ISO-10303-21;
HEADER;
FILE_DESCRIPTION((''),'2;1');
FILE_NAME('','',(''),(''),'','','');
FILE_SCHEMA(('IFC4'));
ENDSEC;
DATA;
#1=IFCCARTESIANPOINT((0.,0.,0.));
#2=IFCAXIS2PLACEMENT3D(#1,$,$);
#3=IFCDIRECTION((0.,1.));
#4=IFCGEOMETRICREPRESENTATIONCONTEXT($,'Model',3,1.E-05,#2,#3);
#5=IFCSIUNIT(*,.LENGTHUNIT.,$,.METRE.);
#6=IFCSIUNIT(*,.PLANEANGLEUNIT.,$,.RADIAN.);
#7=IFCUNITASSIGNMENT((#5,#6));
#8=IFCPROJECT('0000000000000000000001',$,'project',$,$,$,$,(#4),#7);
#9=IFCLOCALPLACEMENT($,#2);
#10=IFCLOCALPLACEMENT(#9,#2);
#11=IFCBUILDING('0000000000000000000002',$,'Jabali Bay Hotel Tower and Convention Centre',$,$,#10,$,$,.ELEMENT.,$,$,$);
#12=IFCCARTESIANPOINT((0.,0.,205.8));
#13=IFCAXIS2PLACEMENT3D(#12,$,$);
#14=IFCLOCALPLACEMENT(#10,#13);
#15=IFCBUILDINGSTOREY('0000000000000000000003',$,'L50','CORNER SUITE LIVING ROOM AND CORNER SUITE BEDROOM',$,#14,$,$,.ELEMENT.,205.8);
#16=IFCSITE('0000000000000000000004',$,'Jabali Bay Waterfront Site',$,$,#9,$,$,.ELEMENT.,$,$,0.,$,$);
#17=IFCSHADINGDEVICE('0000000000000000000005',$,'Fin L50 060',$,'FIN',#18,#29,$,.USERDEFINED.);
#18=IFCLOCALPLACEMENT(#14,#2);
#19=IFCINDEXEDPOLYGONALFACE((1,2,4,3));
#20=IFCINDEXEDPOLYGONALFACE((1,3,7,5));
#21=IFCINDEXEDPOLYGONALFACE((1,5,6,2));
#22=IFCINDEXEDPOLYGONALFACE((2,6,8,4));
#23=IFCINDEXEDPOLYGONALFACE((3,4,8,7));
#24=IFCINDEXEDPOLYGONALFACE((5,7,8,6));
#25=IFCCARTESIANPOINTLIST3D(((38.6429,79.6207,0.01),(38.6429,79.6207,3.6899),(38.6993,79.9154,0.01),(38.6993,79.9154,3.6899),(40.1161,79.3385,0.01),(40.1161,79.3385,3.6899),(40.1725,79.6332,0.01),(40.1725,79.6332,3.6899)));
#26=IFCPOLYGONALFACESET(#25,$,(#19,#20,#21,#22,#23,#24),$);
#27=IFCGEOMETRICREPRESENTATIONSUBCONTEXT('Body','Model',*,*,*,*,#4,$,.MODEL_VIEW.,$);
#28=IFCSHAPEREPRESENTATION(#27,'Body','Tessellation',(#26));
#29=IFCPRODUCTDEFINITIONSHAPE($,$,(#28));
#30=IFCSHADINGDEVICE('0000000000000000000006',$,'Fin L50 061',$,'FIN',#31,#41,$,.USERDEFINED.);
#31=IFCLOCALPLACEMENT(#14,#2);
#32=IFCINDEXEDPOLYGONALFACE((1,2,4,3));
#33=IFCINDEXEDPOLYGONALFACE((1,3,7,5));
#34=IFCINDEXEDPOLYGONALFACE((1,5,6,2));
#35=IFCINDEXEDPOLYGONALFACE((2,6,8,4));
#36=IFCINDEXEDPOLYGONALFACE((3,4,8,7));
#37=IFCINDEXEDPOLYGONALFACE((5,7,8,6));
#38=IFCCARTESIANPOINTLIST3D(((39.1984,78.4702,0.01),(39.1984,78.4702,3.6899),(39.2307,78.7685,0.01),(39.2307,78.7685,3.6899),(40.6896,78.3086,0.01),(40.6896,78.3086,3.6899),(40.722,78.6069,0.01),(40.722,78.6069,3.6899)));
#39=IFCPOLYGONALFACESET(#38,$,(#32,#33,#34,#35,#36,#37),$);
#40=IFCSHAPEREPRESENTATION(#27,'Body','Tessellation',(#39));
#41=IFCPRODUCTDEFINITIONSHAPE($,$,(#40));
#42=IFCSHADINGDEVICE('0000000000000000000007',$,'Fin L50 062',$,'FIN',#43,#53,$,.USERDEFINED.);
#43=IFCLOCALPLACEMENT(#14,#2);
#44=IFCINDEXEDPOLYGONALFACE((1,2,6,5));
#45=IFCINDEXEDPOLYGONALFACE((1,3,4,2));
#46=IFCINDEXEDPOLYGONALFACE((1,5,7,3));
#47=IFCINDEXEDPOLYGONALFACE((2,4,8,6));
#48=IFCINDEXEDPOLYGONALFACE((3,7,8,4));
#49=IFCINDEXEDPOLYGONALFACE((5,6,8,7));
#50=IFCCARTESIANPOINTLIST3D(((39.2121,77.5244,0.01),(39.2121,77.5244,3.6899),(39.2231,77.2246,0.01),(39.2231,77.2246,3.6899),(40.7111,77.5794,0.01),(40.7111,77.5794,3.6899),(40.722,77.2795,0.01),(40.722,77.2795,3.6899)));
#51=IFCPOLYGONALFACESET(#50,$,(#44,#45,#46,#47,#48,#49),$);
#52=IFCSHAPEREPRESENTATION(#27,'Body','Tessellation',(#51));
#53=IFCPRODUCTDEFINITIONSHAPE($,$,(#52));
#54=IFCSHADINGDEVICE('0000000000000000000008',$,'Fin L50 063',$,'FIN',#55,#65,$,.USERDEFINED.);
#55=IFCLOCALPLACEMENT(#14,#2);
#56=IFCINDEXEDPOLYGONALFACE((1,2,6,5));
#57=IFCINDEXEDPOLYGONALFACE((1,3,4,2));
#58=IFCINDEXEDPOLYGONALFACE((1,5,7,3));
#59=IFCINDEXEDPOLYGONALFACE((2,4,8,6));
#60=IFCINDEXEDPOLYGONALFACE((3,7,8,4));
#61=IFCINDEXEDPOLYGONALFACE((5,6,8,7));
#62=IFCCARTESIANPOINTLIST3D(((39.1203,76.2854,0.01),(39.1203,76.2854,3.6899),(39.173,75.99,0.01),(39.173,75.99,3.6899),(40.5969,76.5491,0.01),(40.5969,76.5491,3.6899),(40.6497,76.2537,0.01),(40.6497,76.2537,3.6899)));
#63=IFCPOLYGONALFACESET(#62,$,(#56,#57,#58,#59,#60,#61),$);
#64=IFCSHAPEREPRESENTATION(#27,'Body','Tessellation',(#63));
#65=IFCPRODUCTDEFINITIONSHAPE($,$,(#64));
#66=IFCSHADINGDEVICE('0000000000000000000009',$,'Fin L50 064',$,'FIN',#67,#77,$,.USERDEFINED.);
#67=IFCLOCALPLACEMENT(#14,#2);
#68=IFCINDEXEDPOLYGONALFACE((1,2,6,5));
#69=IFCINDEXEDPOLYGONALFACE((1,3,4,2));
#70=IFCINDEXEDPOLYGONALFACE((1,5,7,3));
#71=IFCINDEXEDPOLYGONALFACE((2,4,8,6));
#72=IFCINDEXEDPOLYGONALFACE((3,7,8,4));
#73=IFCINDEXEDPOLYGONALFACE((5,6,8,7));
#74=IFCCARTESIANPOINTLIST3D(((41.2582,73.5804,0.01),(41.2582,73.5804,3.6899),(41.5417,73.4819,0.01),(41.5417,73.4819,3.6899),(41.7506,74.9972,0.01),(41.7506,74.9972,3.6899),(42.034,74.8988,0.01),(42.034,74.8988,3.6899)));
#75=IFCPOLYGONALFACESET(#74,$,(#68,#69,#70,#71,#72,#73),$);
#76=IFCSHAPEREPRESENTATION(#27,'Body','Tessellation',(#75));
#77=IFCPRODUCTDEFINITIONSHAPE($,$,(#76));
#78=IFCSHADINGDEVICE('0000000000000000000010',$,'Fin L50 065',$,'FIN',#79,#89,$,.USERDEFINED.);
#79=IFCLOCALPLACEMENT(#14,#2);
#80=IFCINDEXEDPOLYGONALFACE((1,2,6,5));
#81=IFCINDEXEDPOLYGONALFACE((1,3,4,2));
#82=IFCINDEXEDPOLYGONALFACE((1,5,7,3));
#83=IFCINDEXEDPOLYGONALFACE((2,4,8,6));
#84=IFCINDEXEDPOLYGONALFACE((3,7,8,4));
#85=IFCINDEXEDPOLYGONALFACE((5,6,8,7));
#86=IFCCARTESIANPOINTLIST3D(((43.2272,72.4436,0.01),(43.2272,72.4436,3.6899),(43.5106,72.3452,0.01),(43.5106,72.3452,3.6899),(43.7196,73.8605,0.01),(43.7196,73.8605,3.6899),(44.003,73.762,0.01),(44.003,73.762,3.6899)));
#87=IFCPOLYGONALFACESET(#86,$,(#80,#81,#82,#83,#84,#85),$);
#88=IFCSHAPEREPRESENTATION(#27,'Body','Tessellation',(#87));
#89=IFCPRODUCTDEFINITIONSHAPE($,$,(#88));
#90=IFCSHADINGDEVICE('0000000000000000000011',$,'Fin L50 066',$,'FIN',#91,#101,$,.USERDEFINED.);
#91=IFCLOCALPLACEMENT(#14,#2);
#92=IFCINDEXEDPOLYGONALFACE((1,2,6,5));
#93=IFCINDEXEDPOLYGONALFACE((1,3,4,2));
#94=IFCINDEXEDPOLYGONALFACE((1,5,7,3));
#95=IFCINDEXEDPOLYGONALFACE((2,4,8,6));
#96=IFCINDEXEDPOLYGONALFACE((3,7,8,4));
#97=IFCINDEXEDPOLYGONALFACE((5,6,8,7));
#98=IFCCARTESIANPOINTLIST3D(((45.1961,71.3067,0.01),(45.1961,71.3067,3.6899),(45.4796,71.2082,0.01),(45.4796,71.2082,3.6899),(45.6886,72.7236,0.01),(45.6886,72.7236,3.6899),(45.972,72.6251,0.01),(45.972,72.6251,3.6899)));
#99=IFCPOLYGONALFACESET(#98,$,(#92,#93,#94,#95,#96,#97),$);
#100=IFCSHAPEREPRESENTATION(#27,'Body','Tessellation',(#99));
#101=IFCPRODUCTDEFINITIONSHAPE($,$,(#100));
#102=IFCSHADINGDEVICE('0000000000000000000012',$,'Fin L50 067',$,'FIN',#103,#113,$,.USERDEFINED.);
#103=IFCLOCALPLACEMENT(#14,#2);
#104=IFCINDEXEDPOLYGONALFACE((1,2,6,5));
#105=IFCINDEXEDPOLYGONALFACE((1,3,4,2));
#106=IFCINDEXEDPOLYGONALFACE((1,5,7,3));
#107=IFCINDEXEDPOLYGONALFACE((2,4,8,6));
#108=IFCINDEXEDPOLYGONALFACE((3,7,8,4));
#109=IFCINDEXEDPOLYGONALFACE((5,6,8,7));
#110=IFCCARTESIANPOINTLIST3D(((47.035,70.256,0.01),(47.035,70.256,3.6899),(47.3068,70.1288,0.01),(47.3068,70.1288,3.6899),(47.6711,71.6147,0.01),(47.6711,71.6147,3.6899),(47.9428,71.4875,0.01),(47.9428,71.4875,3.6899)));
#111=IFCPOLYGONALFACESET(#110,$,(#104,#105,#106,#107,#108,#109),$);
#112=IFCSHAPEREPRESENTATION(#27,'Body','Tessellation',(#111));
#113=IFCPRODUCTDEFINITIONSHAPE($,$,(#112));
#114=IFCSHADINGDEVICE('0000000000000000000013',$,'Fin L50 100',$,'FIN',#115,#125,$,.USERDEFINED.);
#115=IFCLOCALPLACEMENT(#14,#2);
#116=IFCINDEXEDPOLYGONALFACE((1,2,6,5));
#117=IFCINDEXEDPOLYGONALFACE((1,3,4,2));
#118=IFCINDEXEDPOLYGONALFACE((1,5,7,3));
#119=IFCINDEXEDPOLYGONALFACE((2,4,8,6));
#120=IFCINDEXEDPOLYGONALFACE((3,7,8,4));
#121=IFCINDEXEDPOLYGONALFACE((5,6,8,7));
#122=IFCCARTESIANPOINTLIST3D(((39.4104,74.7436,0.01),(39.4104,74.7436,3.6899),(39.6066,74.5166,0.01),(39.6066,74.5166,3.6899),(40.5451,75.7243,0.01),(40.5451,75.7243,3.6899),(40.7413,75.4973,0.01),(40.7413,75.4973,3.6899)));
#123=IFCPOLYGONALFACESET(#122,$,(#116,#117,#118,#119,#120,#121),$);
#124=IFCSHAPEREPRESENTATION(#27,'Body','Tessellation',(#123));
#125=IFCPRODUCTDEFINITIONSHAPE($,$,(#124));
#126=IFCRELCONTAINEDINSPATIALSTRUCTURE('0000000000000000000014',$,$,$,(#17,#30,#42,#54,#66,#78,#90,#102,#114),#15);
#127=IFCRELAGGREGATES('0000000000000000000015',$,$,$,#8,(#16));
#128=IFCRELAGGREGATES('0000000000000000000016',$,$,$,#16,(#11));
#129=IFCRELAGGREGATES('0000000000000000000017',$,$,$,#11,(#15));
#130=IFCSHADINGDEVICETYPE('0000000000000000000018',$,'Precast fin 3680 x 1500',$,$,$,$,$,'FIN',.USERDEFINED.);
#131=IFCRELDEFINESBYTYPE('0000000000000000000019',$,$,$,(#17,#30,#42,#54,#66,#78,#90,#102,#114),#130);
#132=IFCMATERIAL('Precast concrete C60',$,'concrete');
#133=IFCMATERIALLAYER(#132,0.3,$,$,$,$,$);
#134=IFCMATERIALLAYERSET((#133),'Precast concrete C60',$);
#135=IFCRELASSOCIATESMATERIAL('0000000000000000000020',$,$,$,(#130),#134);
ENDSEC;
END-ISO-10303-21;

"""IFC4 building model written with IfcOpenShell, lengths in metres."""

from ifc_helpers import new_model, si_unit, direction, frame, frame_2d, origin, place, context, subcontext, project, spatial, rectangle, extrude, material, layer, layer_set, type_object, element, save


model = new_model("IFC4")

# Units and contexts
model_context = context("Model", 3, precision=1e-05, world=origin(), true_north=direction((0.0, 1.0)))
body_context = subcontext(model_context, "Body", "Model", "MODEL_VIEW")
ifc_project = project(units=[si_unit("LENGTHUNIT", "METRE"), si_unit("PLANEANGLEUNIT", "RADIAN")], contexts=[model_context])

# Site, building, storey
site_placement = place(None, origin())
site = spatial("IfcSite", under=ifc_project, at=site_placement, Name="Jabali Bay Waterfront Site", CompositionType="ELEMENT", RefElevation=0.0)
building_placement = place(site_placement, origin())
building = spatial("IfcBuilding", under=site, at=building_placement, Name="Jabali Bay Hotel Tower and Convention Centre", CompositionType="ELEMENT")
storey_placement = place(building_placement, frame((0.0, 0.0, 205.8)))
storey = spatial("IfcBuildingStorey", under=building, at=storey_placement, Name="L50", Description="CORNER SUITE LIVING ROOM AND CORNER SUITE BEDROOM", CompositionType="ELEMENT", Elevation=205.8)

# Shading devices
ifc_material_1 = material(Name="Precast concrete C60", Category="concrete")
ifc_layer_1 = layer(ifc_material_1, 0.3)
ifc_layer_set_1 = layer_set([ifc_layer_1], Name="Precast concrete C60")
shading_device_type = type_object("IfcShadingDeviceType", Name="Precast fin 3680 x 1500", ElementType="FIN", PredefinedType="USERDEFINED", material=ifc_layer_set_1)
for number, where, z_axis, x_axis, name in (
    (1, (40.1443, 79.4858, 0.01), (0.0, 0.0, 1.0), (-0.982139, 0.188159, 0.0), "Fin L50 060"),
    (2, (40.7058, 78.4578, 0.01), (0.0, 0.0, 1.0), (-0.994178, 0.107751, 0.0), "Fin L50 061"),
    (3, (40.7166, 77.4294, 0.01), (0.0, 0.0, 1.0), (-0.999329, -0.03662, 0.0), "Fin L50 062"),
    (4, (40.6233, 76.4014, 0.01), (0.0, 0.0, 1.0), (-0.984428, -0.175791, 0.0), "Fin L50 063"),
    (5, (41.8923, 74.948, 0.01), (0.0, 0.0, 1.0), (-0.328262, -0.944587, 0.0), "Fin L50 064"),
    (6, (43.8613, 73.8113, 0.01), (0.0, 0.0, 1.0), (-0.328262, -0.944587, 0.0), "Fin L50 065"),
    (7, (45.8303, 72.6743, 0.01), (0.0, 0.0, 1.0), (-0.328312, -0.944569, 0.0), "Fin L50 066"),
):
    element("IfcShadingDevice", number, at=place(storey_placement, frame(where, z_axis=z_axis, x_axis=x_axis)), inside=storey, type_object=shading_device_type, Name=name, ObjectType="FIN", PredefinedType="USERDEFINED", context=body_context, shape_type="SweptSolid", body=[
        extrude(rectangle(XDim=1.5, YDim=0.3, at=frame_2d((0.75, 0.0))), origin(), (0.0, 0.0, 1.0), 3.6799),
    ])
shading_device_1_placement = place(storey_placement, frame((47.8069, 71.551, 0.01), z_axis=(0.0, 0.0, 1.0), x_axis=(-0.423954, -0.905684, 0.0)))
element("IfcShadingDevice", 8, at=shading_device_1_placement, inside=storey, type_object=shading_device_type, Name="Fin L50 067", ObjectType="FIN", PredefinedType="USERDEFINED", context=body_context, shape_type="SweptSolid", body=[
    extrude(rectangle(XDim=1.5002, YDim=0.3, at=frame_2d((0.75, 0.0))), origin(), (0.0, 0.0, 1.0), 3.6799),
])
shading_device_2_placement = place(storey_placement, frame((40.6433, 75.6108, 0.01), z_axis=(0.0, 0.0, 1.0), x_axis=(-0.756596, -0.653883, 0.0)))
element("IfcShadingDevice", 9, at=shading_device_2_placement, inside=storey, type_object=shading_device_type, Name="Fin L50 100", ObjectType="FIN", PredefinedType="USERDEFINED", context=body_context, shape_type="SweptSolid", body=[
    extrude(rectangle(XDim=1.4998, YDim=0.3, at=frame_2d((0.75, 0.0))), origin(), (0.0, 0.0, 1.0), 3.6799),
])

save(model, "model.ifc")
